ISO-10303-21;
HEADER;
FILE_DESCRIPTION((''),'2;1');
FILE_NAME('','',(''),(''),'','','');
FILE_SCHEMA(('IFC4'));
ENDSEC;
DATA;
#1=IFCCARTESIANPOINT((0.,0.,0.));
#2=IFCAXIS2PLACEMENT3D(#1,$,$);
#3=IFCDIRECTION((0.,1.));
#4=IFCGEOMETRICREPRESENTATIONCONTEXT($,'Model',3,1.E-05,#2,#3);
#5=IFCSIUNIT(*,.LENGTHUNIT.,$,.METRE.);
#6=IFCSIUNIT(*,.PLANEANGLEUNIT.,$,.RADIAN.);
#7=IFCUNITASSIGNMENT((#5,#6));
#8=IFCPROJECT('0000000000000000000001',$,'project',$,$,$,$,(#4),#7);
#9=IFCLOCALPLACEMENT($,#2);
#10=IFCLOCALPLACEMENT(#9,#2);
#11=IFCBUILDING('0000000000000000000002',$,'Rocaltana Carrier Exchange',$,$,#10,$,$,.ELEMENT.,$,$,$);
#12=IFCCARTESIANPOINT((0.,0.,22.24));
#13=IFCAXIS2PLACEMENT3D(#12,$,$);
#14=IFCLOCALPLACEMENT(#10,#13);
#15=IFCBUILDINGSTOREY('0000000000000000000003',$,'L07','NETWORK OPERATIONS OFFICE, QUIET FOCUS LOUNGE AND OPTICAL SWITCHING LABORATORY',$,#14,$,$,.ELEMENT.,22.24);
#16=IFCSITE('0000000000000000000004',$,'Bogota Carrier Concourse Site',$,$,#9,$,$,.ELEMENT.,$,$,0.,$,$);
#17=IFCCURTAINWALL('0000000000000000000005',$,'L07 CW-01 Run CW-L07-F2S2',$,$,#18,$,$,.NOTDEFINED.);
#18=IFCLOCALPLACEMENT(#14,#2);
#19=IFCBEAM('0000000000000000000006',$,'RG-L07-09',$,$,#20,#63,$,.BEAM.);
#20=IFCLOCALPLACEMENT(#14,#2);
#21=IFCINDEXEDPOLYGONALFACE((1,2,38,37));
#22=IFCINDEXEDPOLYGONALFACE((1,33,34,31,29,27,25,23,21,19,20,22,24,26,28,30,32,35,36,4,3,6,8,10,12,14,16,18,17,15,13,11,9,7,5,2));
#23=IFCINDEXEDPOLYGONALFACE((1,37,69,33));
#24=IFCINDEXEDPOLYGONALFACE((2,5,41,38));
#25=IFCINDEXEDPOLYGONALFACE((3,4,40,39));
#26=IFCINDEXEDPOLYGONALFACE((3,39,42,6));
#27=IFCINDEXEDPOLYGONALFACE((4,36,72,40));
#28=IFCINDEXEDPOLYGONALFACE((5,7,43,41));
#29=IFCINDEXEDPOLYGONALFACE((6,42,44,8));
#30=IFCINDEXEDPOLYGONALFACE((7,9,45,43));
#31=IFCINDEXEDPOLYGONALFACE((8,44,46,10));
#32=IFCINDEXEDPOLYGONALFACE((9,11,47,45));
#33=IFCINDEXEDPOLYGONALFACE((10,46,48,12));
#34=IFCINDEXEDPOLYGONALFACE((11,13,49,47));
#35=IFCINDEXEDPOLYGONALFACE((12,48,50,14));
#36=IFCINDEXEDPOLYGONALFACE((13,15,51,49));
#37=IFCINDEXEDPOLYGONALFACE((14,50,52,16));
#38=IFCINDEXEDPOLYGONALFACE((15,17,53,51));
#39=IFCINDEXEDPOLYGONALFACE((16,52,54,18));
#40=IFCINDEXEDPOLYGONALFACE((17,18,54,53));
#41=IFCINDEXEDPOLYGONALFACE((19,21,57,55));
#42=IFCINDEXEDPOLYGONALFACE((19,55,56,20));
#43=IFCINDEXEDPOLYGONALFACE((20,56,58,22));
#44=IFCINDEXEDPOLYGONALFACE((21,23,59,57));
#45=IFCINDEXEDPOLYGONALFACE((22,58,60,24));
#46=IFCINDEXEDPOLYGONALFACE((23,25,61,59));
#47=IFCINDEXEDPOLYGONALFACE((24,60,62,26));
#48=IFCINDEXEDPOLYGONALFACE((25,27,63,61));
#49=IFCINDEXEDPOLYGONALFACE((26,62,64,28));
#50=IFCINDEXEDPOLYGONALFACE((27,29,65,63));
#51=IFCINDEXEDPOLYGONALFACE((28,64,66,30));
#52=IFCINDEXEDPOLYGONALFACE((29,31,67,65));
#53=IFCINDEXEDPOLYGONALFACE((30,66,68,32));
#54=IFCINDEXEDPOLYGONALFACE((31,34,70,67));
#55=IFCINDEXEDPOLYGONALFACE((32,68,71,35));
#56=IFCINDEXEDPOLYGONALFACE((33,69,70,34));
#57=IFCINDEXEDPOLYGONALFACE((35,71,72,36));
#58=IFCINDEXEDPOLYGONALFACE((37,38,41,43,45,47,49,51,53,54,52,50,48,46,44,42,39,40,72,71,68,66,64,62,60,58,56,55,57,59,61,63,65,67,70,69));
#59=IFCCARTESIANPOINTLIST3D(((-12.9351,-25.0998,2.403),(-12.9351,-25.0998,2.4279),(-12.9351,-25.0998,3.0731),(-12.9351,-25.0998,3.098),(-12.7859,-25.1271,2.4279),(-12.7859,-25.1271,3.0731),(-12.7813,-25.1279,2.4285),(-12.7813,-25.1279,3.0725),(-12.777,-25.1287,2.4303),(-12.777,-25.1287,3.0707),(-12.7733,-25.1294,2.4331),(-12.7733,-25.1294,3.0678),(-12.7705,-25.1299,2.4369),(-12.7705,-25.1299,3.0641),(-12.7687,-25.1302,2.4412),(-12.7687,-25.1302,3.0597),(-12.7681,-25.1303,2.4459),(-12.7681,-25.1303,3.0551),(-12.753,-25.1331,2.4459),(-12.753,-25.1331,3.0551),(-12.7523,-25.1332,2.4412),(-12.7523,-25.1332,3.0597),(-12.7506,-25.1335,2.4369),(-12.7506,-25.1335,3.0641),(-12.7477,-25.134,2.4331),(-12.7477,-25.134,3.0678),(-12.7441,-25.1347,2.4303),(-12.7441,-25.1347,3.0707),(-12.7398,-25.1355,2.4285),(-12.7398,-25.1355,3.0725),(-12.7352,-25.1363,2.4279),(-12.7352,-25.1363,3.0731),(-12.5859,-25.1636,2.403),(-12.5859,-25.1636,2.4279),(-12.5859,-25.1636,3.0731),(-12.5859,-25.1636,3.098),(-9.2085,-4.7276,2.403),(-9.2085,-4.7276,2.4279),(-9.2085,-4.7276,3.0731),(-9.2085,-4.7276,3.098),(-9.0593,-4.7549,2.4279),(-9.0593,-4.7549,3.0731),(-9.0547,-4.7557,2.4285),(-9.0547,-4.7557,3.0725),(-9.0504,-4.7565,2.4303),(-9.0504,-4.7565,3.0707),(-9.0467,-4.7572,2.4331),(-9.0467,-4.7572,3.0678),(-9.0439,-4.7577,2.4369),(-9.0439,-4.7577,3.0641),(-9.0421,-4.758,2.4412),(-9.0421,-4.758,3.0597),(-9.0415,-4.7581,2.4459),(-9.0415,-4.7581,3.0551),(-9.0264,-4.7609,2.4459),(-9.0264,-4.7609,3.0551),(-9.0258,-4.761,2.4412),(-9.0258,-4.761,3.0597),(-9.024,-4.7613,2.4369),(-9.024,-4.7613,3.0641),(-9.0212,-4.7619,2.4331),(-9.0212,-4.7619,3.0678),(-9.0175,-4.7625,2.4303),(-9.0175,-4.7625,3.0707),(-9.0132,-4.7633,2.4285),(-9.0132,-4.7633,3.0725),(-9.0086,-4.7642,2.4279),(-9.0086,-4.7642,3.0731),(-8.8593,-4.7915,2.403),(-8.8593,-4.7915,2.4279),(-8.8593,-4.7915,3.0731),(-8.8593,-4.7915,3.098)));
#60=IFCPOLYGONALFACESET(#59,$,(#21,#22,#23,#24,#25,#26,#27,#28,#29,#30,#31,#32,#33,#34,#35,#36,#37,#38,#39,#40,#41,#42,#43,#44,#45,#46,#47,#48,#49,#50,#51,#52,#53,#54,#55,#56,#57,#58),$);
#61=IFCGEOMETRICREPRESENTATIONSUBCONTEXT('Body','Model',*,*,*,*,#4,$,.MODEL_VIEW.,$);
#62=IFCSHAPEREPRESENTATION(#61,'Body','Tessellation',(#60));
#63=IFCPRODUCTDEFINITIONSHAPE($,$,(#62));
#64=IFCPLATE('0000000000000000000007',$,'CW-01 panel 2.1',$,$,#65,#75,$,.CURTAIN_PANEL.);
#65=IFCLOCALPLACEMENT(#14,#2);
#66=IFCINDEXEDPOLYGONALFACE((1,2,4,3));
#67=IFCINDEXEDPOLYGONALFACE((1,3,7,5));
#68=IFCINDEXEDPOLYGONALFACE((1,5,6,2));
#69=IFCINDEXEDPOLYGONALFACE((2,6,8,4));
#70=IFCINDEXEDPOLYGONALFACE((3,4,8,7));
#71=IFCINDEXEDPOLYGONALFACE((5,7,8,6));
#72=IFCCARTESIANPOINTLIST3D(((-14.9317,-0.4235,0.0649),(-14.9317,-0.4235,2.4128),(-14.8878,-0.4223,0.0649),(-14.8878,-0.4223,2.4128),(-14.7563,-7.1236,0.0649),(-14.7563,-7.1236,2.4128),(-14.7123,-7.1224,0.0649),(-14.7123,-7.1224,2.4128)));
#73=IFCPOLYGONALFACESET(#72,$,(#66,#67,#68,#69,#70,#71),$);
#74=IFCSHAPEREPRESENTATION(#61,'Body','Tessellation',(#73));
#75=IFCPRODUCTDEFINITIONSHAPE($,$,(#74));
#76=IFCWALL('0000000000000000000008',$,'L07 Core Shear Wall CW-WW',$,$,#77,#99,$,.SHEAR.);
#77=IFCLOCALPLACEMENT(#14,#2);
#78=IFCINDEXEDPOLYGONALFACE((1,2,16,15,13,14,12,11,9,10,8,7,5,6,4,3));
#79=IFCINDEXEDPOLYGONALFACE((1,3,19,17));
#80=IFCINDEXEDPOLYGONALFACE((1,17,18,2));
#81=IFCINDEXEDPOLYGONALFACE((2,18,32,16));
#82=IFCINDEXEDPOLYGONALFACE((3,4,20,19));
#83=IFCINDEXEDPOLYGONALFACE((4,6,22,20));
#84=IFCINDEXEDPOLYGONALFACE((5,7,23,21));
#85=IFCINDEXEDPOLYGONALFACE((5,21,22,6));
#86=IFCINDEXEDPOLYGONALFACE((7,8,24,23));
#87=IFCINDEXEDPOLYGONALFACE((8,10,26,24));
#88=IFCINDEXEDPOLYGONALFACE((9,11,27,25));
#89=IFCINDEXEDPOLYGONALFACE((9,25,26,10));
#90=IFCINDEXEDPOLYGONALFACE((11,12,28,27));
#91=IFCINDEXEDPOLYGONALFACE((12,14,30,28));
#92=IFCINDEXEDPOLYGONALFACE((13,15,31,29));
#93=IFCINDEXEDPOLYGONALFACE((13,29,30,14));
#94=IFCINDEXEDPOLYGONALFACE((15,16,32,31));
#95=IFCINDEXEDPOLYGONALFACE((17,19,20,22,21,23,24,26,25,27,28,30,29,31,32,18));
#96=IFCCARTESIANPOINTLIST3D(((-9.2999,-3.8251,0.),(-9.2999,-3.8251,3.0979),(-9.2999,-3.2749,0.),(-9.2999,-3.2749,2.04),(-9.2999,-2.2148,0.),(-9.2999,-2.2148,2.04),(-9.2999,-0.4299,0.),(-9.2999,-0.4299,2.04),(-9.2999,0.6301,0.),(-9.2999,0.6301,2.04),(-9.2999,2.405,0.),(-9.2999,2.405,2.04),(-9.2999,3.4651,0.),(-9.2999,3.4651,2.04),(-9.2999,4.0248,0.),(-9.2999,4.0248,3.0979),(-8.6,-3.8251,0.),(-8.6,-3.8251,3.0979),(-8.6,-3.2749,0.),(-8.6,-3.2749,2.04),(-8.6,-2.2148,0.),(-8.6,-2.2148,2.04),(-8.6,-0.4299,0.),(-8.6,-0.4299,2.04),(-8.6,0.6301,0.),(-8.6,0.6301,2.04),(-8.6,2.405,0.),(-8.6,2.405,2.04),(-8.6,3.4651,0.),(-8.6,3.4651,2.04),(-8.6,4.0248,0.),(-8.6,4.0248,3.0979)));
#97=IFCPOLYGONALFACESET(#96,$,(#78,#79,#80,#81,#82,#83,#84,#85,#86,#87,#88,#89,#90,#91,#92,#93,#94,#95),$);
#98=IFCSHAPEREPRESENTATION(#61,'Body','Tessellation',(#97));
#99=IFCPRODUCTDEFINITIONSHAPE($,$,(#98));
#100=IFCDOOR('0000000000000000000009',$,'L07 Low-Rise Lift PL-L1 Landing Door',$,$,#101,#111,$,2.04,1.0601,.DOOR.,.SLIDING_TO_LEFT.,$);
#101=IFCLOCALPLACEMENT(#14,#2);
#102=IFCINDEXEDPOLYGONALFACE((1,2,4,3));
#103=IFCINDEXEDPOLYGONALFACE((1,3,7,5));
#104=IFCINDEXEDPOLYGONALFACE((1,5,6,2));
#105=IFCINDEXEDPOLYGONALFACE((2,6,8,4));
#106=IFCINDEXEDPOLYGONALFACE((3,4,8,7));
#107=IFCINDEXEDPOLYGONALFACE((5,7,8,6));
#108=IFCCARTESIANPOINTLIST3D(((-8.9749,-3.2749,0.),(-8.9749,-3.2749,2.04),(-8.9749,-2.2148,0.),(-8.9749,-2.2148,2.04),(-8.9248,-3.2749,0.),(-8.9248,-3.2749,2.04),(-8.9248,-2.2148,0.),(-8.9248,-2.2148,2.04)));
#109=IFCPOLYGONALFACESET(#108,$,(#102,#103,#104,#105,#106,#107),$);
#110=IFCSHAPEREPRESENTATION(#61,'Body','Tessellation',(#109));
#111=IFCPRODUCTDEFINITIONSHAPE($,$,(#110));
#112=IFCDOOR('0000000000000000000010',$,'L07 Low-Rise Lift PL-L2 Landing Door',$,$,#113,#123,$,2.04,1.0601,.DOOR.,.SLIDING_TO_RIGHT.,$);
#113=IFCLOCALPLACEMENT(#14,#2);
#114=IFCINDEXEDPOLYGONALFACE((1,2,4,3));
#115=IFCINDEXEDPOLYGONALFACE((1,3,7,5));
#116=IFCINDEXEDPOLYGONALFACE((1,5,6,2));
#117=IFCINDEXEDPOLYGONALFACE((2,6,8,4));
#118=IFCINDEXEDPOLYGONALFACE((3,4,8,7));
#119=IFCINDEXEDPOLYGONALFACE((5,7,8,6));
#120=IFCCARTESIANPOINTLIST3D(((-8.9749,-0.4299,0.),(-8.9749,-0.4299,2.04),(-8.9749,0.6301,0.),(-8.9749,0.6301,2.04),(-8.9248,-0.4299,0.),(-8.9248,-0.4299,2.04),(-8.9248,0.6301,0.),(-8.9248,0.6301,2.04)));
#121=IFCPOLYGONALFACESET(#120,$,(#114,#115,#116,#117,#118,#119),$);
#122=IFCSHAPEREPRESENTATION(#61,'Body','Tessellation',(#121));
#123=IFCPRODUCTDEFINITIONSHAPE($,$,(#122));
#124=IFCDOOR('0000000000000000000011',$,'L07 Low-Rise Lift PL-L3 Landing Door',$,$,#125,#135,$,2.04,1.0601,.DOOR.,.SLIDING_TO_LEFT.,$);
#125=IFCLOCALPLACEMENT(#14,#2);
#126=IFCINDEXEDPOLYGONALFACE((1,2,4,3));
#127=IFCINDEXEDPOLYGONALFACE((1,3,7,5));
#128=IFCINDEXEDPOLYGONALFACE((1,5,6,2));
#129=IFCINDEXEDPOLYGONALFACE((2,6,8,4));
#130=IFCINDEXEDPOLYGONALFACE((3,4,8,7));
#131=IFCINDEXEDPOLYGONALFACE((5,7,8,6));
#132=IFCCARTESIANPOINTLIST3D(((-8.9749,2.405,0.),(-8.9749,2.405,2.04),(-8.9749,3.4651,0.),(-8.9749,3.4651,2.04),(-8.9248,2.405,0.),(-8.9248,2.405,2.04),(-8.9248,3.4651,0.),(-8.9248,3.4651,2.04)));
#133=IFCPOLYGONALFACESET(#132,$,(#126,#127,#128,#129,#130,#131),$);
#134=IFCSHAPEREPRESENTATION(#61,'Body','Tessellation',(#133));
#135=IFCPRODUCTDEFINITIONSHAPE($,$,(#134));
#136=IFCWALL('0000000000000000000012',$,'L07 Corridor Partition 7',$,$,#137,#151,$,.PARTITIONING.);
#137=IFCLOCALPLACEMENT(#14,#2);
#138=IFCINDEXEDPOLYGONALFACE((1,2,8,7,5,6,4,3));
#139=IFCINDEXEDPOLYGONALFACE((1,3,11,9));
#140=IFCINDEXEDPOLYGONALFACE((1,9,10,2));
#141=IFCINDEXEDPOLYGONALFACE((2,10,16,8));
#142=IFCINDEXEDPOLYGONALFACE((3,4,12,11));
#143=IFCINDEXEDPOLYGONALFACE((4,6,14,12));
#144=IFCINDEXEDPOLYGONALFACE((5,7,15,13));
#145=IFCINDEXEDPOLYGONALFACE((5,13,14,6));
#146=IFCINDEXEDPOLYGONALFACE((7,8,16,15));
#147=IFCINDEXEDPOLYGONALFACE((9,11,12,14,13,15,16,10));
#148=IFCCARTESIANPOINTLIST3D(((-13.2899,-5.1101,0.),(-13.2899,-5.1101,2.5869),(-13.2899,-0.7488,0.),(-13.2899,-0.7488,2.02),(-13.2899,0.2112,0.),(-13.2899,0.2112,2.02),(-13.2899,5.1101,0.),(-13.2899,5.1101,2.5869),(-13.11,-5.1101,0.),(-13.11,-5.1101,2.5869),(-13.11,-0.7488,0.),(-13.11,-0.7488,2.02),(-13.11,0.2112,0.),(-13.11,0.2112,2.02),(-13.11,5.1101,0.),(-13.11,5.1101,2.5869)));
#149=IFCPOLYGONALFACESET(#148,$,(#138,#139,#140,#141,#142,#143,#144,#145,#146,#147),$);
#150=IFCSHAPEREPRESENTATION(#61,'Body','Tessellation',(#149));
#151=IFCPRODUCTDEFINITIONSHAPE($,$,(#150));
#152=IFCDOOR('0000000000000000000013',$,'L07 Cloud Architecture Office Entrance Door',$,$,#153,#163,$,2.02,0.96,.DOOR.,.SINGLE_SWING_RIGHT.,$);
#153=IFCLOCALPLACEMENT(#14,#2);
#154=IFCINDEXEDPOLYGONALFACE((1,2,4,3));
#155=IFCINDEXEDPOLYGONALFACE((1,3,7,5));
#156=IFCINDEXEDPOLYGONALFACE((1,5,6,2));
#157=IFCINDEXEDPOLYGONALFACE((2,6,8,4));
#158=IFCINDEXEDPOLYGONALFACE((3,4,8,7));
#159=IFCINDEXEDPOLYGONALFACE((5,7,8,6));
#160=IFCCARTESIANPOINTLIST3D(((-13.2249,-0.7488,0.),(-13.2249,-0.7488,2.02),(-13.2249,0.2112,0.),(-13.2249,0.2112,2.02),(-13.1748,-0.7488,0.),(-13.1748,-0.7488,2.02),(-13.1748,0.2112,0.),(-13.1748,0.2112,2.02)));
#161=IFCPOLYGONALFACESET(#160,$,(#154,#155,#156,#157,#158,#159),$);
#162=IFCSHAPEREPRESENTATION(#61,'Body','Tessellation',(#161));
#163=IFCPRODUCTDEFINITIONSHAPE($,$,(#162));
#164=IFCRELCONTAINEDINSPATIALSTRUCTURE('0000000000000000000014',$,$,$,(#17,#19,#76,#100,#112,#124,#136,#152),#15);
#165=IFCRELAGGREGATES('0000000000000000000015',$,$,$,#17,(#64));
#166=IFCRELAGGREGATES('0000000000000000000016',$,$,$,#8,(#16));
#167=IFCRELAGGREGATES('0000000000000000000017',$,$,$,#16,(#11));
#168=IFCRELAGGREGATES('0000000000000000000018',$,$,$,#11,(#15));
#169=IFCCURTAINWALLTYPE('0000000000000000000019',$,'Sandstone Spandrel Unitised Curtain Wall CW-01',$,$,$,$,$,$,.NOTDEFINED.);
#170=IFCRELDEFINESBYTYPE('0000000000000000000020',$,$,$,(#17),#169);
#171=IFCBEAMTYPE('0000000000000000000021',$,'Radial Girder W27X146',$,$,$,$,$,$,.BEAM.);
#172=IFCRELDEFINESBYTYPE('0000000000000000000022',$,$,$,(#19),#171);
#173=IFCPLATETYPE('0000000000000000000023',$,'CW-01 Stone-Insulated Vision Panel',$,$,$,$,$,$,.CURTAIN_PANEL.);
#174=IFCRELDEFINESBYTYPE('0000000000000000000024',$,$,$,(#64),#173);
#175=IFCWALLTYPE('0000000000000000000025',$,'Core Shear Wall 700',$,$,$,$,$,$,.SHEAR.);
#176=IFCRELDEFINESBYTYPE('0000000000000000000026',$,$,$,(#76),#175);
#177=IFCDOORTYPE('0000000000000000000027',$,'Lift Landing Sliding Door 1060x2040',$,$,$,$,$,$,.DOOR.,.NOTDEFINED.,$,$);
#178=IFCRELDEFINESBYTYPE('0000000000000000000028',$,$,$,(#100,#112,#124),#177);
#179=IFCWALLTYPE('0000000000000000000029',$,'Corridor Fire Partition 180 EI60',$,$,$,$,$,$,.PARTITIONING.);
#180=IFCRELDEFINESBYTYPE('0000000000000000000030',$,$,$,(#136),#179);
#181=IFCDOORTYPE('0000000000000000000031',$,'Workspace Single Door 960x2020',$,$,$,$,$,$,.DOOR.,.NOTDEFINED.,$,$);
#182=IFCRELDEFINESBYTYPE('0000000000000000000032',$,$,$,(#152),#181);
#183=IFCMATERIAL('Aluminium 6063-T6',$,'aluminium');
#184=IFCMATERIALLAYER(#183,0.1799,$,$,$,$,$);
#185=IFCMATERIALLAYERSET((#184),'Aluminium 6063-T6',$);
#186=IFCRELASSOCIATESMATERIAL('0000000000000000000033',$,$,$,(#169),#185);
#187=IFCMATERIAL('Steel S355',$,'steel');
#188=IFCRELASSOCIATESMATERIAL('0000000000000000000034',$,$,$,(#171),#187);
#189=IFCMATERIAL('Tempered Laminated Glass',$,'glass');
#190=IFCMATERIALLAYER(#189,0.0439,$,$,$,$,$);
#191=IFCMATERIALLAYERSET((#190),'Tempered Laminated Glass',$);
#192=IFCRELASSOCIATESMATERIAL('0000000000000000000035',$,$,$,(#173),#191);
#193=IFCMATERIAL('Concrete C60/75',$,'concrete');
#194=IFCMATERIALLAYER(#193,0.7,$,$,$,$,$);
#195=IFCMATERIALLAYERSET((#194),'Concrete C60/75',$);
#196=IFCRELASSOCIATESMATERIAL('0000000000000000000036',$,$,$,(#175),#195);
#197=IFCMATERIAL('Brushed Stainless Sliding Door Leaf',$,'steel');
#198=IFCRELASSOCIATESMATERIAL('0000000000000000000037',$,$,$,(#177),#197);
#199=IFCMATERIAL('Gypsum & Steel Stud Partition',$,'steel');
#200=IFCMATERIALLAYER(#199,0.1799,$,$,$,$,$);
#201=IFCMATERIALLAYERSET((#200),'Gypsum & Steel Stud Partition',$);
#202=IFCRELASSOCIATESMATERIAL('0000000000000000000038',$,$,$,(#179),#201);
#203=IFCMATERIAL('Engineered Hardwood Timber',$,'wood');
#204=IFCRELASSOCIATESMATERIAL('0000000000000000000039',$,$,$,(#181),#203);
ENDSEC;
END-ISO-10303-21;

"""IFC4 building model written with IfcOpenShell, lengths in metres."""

from ifc_helpers import new_model, si_unit, direction, frame, frame_2d, origin, origin_2d, place, context, subcontext, project, spatial, rectangle, i_section, extrude, material, layer, layer_set, material_profile, profile_set, type_object, element, fill, aggregate, save


model = new_model("IFC4")

# Units and contexts
model_context = context("Model", 3, precision=1e-05, world=origin(), true_north=direction((0.0, 1.0)))
body_context = subcontext(model_context, "Body", "Model", "MODEL_VIEW")
ifc_project = project(units=[si_unit("LENGTHUNIT", "METRE"), si_unit("PLANEANGLEUNIT", "RADIAN")], contexts=[model_context])

# Site, building, storey
site_placement = place(None, origin())
site = spatial("IfcSite", under=ifc_project, at=site_placement, Name="Bogota Carrier Concourse Site", CompositionType="ELEMENT", RefElevation=0.0)
building_placement = place(site_placement, origin())
building = spatial("IfcBuilding", under=site, at=building_placement, Name="Rocaltana Carrier Exchange", CompositionType="ELEMENT")
storey_placement = place(building_placement, frame((0.0, 0.0, 22.24)))
storey = spatial("IfcBuildingStorey", under=building, at=storey_placement, Name="L07", Description="NETWORK OPERATIONS OFFICE, QUIET FOCUS LOUNGE AND OPTICAL SWITCHING LABORATORY", CompositionType="ELEMENT", Elevation=22.24)

# Curtain wall
ifc_material_1 = material(Name="Aluminium 6063-T6", Category="aluminium")
ifc_layer_1 = layer(ifc_material_1, 0.1799)
ifc_layer_set_1 = layer_set([ifc_layer_1], Name="Aluminium 6063-T6")
curtain_wall_type = type_object("IfcCurtainWallType", Name="Sandstone Spandrel Unitised Curtain Wall CW-01", PredefinedType="NOTDEFINED", material=ifc_layer_set_1)
curtain_wall_placement = place(storey_placement, origin())
curtain_wall = element("IfcCurtainWall", 1, at=curtain_wall_placement, inside=storey, type_object=curtain_wall_type, Name="L07 CW-01 Run CW-L07-F2S2", PredefinedType="NOTDEFINED")

# Beam
ifc_material_2 = material(Name="Steel S355", Category="steel")
ifc_material_profile_1 = material_profile(ifc_material_2, i_section(OverallWidth=0.355, OverallDepth=0.6951, WebThickness=0.0154, FlangeThickness=0.0249, FilletRadius=0.0181, at=origin_2d()), Name="W27X146")
ifc_profile_set_1 = profile_set([ifc_material_profile_1], Name="Steel S355")
beam_type_1 = type_object("IfcBeamType", Name="Radial Girder W27X146", PredefinedType="BEAM", material=ifc_profile_set_1)
beam_1_placement = place(storey_placement, frame((-9.0339, -4.7595, 2.7505), z_axis=(-0.179939, -0.983678, 0.0), x_axis=(0.983678, -0.179939, 0.0)))
element("IfcBeam", 2, at=beam_1_placement, inside=storey, type_object=beam_type_1, Name="RG-L07-09", PredefinedType="BEAM", context=body_context, shape_type="SweptSolid", body=[
    extrude(i_section(OverallWidth=0.355, OverallDepth=0.6951, WebThickness=0.0154, FlangeThickness=0.0249, FilletRadius=0.0181, at=origin_2d()), origin(), (0.0, 0.0, 1.0), 20.7102),
])

# Plate
ifc_material_3 = material(Name="Tempered Laminated Glass", Category="glass")
ifc_layer_2 = layer(ifc_material_3, 0.0439)
ifc_layer_set_2 = layer_set([ifc_layer_2], Name="Tempered Laminated Glass")
plate_type = type_object("IfcPlateType", Name="CW-01 Stone-Insulated Vision Panel", PredefinedType="CURTAIN_PANEL", material=ifc_layer_set_2)
plate_placement = place(storey_placement, frame((-14.822, -3.7729, 0.0649), z_axis=(0.0, 0.0, 1.0), x_axis=(0.026177, -0.999657, 0.0)))
plate = element("IfcPlate", 3, at=plate_placement, type_object=plate_type, Name="CW-01 panel 2.1", PredefinedType="CURTAIN_PANEL", context=body_context, shape_type="SweptSolid", body=[
    extrude(rectangle(XDim=6.7024, YDim=0.0439, at=origin_2d()), origin(), (0.0, 0.0, 1.0), 2.3479),
])
aggregate(curtain_wall, [plate])

# Wall, openings, doors
ifc_material_4 = material(Name="Concrete C60/75", Category="concrete")
ifc_layer_3 = layer(ifc_material_4, 0.7)
ifc_layer_set_3 = layer_set([ifc_layer_3], Name="Concrete C60/75")
wall_type_1 = type_object("IfcWallType", Name="Core Shear Wall 700", PredefinedType="SHEAR", material=ifc_layer_set_3)
wall_1_placement = place(storey_placement, frame((-8.95, -3.825, 0.0), z_axis=(0.0, 0.0, 1.0), x_axis=(0.0, 1.0, 0.0)))
wall_1 = element("IfcWall", 4, at=wall_1_placement, inside=storey, type_object=wall_type_1, Name="L07 Core Shear Wall CW-WW", PredefinedType="SHEAR", context=body_context, shape_type="SweptSolid", body=[
    extrude(rectangle(XDim=7.8499, YDim=0.7, at=frame_2d((3.9248, 0.0))), origin(), (0.0, 0.0, 1.0), 3.0979),
])
opening_1_placement = place(wall_1_placement, frame((0.55, 0.0, 0.0)))
opening_1 = element("IfcOpeningElement", 5, at=opening_1_placement, cuts=wall_1, PredefinedType="OPENING", context=body_context, shape_type="SweptSolid", body=[
    extrude(rectangle(XDim=1.0601, YDim=2.04, at=frame_2d((0.53, 1.02))), frame((0.0, 0.3599, 0.0), z_axis=(0.0, -1.0, 0.0), x_axis=(1.0, 0.0, 0.0)), (0.0, 0.0, 1.0), 0.72),
])
opening_2_placement = place(wall_1_placement, frame((3.395, 0.0, 0.0)))
opening_2 = element("IfcOpeningElement", 6, at=opening_2_placement, cuts=wall_1, PredefinedType="OPENING", context=body_context, shape_type="SweptSolid", body=[
    extrude(rectangle(XDim=1.0601, YDim=2.04, at=frame_2d((0.53, 1.02))), frame((0.0, 0.3599, 0.0), z_axis=(0.0, -1.0, 0.0), x_axis=(1.0, 0.0, 0.0)), (0.0, 0.0, 1.0), 0.72),
])
opening_3_placement = place(wall_1_placement, frame((6.23, 0.0, 0.0)))
opening_3 = element("IfcOpeningElement", 7, at=opening_3_placement, cuts=wall_1, PredefinedType="OPENING", context=body_context, shape_type="SweptSolid", body=[
    extrude(rectangle(XDim=1.0601, YDim=2.04, at=frame_2d((0.53, 1.02))), frame((0.0, 0.3599, 0.0), z_axis=(0.0, -1.0, 0.0), x_axis=(1.0, 0.0, 0.0)), (0.0, 0.0, 1.0), 0.72),
])
ifc_material_5 = material(Name="Brushed Stainless Sliding Door Leaf", Category="steel")
door_type_1 = type_object("IfcDoorType", Name="Lift Landing Sliding Door 1060x2040", OperationType="NOTDEFINED", PredefinedType="DOOR", material=ifc_material_5)
door_1_placement = place(opening_1_placement, origin())
door_1 = element("IfcDoor", 8, at=door_1_placement, inside=storey, type_object=door_type_1, Name="L07 Low-Rise Lift PL-L1 Landing Door", OperationType="SLIDING_TO_LEFT", OverallHeight=2.04, OverallWidth=1.0601, PredefinedType="DOOR", context=body_context, shape_type="SweptSolid", body=[
    extrude(rectangle(XDim=1.0601, YDim=2.04, at=frame_2d((0.53, 1.02))), frame((0.0, 0.0249, 0.0), z_axis=(0.0, -1.0, 0.0), x_axis=(1.0, 0.0, 0.0)), (0.0, 0.0, 1.0), 0.05),
])
fill(opening_1, door_1)
door_2_placement = place(opening_2_placement, origin())
door_2 = element("IfcDoor", 9, at=door_2_placement, inside=storey, type_object=door_type_1, Name="L07 Low-Rise Lift PL-L2 Landing Door", OperationType="SLIDING_TO_RIGHT", OverallHeight=2.04, OverallWidth=1.0601, PredefinedType="DOOR", context=body_context, shape_type="SweptSolid", body=[
    extrude(rectangle(XDim=1.0601, YDim=2.04, at=frame_2d((0.53, 1.02))), frame((0.0, 0.0249, 0.0), z_axis=(0.0, -1.0, 0.0), x_axis=(1.0, 0.0, 0.0)), (0.0, 0.0, 1.0), 0.05),
])
fill(opening_2, door_2)
door_3_placement = place(opening_3_placement, origin())
door_3 = element("IfcDoor", 10, at=door_3_placement, inside=storey, type_object=door_type_1, Name="L07 Low-Rise Lift PL-L3 Landing Door", OperationType="SLIDING_TO_LEFT", OverallHeight=2.04, OverallWidth=1.0601, PredefinedType="DOOR", context=body_context, shape_type="SweptSolid", body=[
    extrude(rectangle(XDim=1.0601, YDim=2.04, at=frame_2d((0.53, 1.02))), frame((0.0, 0.0249, 0.0), z_axis=(0.0, -1.0, 0.0), x_axis=(1.0, 0.0, 0.0)), (0.0, 0.0, 1.0), 0.05),
])
fill(opening_3, door_3)

# Wall, opening, door
ifc_material_6 = material(Name="Gypsum & Steel Stud Partition", Category="steel")
ifc_layer_4 = layer(ifc_material_6, 0.1799)
ifc_layer_set_4 = layer_set([ifc_layer_4], Name="Gypsum & Steel Stud Partition")
wall_type_2 = type_object("IfcWallType", Name="Corridor Fire Partition 180 EI60", PredefinedType="PARTITIONING", material=ifc_layer_set_4)
wall_2_placement = place(storey_placement, frame((-13.2, -5.1101, 0.0), z_axis=(0.0, 0.0, 1.0), x_axis=(0.0, 1.0, 0.0)))
wall_2 = element("IfcWall", 11, at=wall_2_placement, inside=storey, type_object=wall_type_2, Name="L07 Corridor Partition 7", PredefinedType="PARTITIONING", context=body_context, shape_type="SweptSolid", body=[
    extrude(rectangle(XDim=10.2202, YDim=0.1799, at=frame_2d((5.1101, 0.0))), origin(), (0.0, 0.0, 1.0), 2.5869),
])
opening_4_placement = place(wall_2_placement, frame((4.3613, 0.0, 0.0)))
opening_4 = element("IfcOpeningElement", 12, at=opening_4_placement, cuts=wall_2, PredefinedType="OPENING", context=body_context, shape_type="SweptSolid", body=[
    extrude(rectangle(XDim=0.96, YDim=2.02, at=frame_2d((0.48, 1.01))), frame((0.0, 0.0999, 0.0), z_axis=(0.0, -1.0, 0.0), x_axis=(1.0, 0.0, 0.0)), (0.0, 0.0, 1.0), 0.2),
])
ifc_material_7 = material(Name="Engineered Hardwood Timber", Category="wood")
door_type_2 = type_object("IfcDoorType", Name="Workspace Single Door 960x2020", OperationType="NOTDEFINED", PredefinedType="DOOR", material=ifc_material_7)
door_4_placement = place(opening_4_placement, origin())
door_4 = element("IfcDoor", 13, at=door_4_placement, inside=storey, type_object=door_type_2, Name="L07 Cloud Architecture Office Entrance Door", OperationType="SINGLE_SWING_RIGHT", OverallHeight=2.02, OverallWidth=0.96, PredefinedType="DOOR", context=body_context, shape_type="SweptSolid", body=[
    extrude(rectangle(XDim=0.96, YDim=2.02, at=frame_2d((0.48, 1.01))), frame((0.0, 0.0249, 0.0), z_axis=(0.0, -1.0, 0.0), x_axis=(1.0, 0.0, 0.0)), (0.0, 0.0, 1.0), 0.05),
])
fill(opening_4, door_4)

save(model, "model.ifc")
